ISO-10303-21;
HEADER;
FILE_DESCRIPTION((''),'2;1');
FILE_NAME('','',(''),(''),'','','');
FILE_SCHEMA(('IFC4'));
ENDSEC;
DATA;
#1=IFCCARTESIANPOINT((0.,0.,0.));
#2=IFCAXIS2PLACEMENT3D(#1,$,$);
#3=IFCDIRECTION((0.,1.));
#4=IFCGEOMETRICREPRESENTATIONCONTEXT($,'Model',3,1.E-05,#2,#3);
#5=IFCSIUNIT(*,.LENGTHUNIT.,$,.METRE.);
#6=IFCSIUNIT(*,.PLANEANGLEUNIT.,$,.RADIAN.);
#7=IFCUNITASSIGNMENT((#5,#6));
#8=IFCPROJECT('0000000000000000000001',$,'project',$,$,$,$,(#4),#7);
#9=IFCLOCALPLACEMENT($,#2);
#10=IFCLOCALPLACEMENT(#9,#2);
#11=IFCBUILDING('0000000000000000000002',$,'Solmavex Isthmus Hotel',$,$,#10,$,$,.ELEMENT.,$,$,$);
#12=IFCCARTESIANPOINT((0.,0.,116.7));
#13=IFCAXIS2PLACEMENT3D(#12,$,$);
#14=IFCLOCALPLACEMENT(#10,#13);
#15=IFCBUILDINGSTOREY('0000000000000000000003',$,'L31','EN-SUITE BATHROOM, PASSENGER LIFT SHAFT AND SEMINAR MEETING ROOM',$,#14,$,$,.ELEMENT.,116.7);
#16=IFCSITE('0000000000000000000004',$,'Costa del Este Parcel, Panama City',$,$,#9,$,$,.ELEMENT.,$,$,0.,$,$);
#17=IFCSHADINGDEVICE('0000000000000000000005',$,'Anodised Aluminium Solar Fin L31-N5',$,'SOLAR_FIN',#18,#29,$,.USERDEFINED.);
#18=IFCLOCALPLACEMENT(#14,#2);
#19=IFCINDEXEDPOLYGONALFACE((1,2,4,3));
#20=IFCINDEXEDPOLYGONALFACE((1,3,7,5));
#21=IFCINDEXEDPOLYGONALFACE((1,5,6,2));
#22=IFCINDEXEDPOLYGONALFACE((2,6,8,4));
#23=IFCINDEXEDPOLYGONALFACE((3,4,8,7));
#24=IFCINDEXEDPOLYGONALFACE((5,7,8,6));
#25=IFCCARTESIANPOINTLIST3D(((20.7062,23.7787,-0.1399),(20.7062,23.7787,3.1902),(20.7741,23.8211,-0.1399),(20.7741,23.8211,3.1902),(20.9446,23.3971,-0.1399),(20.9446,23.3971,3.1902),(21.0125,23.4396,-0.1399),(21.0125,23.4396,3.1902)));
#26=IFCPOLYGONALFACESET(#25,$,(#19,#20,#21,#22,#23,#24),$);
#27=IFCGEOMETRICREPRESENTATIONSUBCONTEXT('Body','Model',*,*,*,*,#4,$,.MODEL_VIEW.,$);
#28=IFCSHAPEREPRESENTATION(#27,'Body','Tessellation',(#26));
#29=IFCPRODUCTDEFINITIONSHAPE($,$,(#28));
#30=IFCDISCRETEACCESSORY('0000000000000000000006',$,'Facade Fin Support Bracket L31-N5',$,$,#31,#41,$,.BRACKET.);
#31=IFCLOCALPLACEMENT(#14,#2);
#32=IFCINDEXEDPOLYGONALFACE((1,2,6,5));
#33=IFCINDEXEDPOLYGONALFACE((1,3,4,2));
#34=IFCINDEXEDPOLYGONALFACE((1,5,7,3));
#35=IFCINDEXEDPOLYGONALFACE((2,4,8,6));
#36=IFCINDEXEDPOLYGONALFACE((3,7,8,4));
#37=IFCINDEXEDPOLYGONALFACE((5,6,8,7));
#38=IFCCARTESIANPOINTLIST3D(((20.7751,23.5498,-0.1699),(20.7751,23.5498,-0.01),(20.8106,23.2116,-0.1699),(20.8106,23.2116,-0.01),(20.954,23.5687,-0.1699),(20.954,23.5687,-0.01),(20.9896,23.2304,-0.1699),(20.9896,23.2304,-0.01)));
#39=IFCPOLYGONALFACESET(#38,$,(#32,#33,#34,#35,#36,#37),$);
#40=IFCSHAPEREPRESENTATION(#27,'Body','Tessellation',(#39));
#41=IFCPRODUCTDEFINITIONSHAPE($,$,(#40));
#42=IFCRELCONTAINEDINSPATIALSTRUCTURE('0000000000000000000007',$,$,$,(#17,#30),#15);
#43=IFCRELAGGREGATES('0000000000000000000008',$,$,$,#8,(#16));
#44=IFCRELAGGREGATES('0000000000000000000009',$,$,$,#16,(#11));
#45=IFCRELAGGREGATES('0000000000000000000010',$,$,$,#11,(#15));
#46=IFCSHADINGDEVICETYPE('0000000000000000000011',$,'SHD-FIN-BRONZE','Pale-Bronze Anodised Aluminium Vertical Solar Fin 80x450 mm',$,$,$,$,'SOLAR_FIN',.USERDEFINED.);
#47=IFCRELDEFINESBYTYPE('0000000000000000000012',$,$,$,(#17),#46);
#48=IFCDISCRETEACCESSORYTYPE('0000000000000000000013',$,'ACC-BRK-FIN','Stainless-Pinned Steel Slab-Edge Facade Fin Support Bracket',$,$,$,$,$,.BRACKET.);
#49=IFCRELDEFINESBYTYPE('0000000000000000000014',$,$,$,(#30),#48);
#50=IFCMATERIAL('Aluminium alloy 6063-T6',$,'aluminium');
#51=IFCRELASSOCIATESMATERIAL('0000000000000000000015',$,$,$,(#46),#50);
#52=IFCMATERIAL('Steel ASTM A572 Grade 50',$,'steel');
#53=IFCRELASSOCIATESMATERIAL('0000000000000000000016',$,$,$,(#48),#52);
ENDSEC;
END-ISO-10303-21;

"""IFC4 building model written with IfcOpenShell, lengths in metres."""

from ifc_helpers import new_model, si_unit, direction, frame, origin, origin_2d, place, context, subcontext, project, spatial, rectangle, extrude, material, type_object, element, save


model = new_model("IFC4")

# Units and contexts
model_context = context("Model", 3, precision=1e-05, world=origin(), true_north=direction((0.0, 1.0)))
body_context = subcontext(model_context, "Body", "Model", "MODEL_VIEW")
ifc_project = project(units=[si_unit("LENGTHUNIT", "METRE"), si_unit("PLANEANGLEUNIT", "RADIAN")], contexts=[model_context])

# Site, building, storey
site_placement = place(None, origin())
site = spatial("IfcSite", under=ifc_project, at=site_placement, Name="Costa del Este Parcel, Panama City", CompositionType="ELEMENT", RefElevation=0.0)
building_placement = place(site_placement, origin())
building = spatial("IfcBuilding", under=site, at=building_placement, Name="Solmavex Isthmus Hotel", CompositionType="ELEMENT")
storey_placement = place(building_placement, frame((0.0, 0.0, 116.7)))
storey = spatial("IfcBuildingStorey", under=building, at=storey_placement, Name="L31", Description="EN-SUITE BATHROOM, PASSENGER LIFT SHAFT AND SEMINAR MEETING ROOM", CompositionType="ELEMENT", Elevation=116.7)

# Shared definitions
ifc_material_1 = material(Name="Aluminium alloy 6063-T6", Category="aluminium")

# Shading device
shading_device_type = type_object("IfcShadingDeviceType", Name="SHD-FIN-BRONZE", Description="Pale-Bronze Anodised Aluminium Vertical Solar Fin 80x450 mm", ElementType="SOLAR_FIN", PredefinedType="USERDEFINED", material=ifc_material_1)
shading_device_placement = place(storey_placement, frame((20.8594, 23.6091, -0.1399), z_axis=(0.0, 0.0, 1.0), x_axis=(-0.529919, 0.848048, 0.0)))
element("IfcShadingDevice", 1, at=shading_device_placement, inside=storey, type_object=shading_device_type, Name="Anodised Aluminium Solar Fin L31-N5", ObjectType="SOLAR_FIN", PredefinedType="USERDEFINED", context=body_context, shape_type="SweptSolid", body=[
    extrude(rectangle(XDim=0.45, YDim=0.0801, at=origin_2d()), origin(), (0.0, 0.0, 1.0), 3.3301),
])

# Discrete accessory
ifc_material_2 = material(Name="Steel ASTM A572 Grade 50", Category="steel")
discrete_accessory_type = type_object("IfcDiscreteAccessoryType", Name="ACC-BRK-FIN", Description="Stainless-Pinned Steel Slab-Edge Facade Fin Support Bracket", PredefinedType="BRACKET", material=ifc_material_2)
discrete_accessory_placement = place(storey_placement, frame((20.8823, 23.3901, -0.1699), z_axis=(0.0, 0.0, 1.0), x_axis=(-0.104528, 0.994522, 0.0)))
element("IfcDiscreteAccessory", 2, at=discrete_accessory_placement, inside=storey, type_object=discrete_accessory_type, Name="Facade Fin Support Bracket L31-N5", PredefinedType="BRACKET", context=body_context, shape_type="SweptSolid", body=[
    extrude(rectangle(XDim=0.3401, YDim=0.1799, at=origin_2d()), origin(), (0.0, 0.0, 1.0), 0.1599),
])

save(model, "model.ifc")
